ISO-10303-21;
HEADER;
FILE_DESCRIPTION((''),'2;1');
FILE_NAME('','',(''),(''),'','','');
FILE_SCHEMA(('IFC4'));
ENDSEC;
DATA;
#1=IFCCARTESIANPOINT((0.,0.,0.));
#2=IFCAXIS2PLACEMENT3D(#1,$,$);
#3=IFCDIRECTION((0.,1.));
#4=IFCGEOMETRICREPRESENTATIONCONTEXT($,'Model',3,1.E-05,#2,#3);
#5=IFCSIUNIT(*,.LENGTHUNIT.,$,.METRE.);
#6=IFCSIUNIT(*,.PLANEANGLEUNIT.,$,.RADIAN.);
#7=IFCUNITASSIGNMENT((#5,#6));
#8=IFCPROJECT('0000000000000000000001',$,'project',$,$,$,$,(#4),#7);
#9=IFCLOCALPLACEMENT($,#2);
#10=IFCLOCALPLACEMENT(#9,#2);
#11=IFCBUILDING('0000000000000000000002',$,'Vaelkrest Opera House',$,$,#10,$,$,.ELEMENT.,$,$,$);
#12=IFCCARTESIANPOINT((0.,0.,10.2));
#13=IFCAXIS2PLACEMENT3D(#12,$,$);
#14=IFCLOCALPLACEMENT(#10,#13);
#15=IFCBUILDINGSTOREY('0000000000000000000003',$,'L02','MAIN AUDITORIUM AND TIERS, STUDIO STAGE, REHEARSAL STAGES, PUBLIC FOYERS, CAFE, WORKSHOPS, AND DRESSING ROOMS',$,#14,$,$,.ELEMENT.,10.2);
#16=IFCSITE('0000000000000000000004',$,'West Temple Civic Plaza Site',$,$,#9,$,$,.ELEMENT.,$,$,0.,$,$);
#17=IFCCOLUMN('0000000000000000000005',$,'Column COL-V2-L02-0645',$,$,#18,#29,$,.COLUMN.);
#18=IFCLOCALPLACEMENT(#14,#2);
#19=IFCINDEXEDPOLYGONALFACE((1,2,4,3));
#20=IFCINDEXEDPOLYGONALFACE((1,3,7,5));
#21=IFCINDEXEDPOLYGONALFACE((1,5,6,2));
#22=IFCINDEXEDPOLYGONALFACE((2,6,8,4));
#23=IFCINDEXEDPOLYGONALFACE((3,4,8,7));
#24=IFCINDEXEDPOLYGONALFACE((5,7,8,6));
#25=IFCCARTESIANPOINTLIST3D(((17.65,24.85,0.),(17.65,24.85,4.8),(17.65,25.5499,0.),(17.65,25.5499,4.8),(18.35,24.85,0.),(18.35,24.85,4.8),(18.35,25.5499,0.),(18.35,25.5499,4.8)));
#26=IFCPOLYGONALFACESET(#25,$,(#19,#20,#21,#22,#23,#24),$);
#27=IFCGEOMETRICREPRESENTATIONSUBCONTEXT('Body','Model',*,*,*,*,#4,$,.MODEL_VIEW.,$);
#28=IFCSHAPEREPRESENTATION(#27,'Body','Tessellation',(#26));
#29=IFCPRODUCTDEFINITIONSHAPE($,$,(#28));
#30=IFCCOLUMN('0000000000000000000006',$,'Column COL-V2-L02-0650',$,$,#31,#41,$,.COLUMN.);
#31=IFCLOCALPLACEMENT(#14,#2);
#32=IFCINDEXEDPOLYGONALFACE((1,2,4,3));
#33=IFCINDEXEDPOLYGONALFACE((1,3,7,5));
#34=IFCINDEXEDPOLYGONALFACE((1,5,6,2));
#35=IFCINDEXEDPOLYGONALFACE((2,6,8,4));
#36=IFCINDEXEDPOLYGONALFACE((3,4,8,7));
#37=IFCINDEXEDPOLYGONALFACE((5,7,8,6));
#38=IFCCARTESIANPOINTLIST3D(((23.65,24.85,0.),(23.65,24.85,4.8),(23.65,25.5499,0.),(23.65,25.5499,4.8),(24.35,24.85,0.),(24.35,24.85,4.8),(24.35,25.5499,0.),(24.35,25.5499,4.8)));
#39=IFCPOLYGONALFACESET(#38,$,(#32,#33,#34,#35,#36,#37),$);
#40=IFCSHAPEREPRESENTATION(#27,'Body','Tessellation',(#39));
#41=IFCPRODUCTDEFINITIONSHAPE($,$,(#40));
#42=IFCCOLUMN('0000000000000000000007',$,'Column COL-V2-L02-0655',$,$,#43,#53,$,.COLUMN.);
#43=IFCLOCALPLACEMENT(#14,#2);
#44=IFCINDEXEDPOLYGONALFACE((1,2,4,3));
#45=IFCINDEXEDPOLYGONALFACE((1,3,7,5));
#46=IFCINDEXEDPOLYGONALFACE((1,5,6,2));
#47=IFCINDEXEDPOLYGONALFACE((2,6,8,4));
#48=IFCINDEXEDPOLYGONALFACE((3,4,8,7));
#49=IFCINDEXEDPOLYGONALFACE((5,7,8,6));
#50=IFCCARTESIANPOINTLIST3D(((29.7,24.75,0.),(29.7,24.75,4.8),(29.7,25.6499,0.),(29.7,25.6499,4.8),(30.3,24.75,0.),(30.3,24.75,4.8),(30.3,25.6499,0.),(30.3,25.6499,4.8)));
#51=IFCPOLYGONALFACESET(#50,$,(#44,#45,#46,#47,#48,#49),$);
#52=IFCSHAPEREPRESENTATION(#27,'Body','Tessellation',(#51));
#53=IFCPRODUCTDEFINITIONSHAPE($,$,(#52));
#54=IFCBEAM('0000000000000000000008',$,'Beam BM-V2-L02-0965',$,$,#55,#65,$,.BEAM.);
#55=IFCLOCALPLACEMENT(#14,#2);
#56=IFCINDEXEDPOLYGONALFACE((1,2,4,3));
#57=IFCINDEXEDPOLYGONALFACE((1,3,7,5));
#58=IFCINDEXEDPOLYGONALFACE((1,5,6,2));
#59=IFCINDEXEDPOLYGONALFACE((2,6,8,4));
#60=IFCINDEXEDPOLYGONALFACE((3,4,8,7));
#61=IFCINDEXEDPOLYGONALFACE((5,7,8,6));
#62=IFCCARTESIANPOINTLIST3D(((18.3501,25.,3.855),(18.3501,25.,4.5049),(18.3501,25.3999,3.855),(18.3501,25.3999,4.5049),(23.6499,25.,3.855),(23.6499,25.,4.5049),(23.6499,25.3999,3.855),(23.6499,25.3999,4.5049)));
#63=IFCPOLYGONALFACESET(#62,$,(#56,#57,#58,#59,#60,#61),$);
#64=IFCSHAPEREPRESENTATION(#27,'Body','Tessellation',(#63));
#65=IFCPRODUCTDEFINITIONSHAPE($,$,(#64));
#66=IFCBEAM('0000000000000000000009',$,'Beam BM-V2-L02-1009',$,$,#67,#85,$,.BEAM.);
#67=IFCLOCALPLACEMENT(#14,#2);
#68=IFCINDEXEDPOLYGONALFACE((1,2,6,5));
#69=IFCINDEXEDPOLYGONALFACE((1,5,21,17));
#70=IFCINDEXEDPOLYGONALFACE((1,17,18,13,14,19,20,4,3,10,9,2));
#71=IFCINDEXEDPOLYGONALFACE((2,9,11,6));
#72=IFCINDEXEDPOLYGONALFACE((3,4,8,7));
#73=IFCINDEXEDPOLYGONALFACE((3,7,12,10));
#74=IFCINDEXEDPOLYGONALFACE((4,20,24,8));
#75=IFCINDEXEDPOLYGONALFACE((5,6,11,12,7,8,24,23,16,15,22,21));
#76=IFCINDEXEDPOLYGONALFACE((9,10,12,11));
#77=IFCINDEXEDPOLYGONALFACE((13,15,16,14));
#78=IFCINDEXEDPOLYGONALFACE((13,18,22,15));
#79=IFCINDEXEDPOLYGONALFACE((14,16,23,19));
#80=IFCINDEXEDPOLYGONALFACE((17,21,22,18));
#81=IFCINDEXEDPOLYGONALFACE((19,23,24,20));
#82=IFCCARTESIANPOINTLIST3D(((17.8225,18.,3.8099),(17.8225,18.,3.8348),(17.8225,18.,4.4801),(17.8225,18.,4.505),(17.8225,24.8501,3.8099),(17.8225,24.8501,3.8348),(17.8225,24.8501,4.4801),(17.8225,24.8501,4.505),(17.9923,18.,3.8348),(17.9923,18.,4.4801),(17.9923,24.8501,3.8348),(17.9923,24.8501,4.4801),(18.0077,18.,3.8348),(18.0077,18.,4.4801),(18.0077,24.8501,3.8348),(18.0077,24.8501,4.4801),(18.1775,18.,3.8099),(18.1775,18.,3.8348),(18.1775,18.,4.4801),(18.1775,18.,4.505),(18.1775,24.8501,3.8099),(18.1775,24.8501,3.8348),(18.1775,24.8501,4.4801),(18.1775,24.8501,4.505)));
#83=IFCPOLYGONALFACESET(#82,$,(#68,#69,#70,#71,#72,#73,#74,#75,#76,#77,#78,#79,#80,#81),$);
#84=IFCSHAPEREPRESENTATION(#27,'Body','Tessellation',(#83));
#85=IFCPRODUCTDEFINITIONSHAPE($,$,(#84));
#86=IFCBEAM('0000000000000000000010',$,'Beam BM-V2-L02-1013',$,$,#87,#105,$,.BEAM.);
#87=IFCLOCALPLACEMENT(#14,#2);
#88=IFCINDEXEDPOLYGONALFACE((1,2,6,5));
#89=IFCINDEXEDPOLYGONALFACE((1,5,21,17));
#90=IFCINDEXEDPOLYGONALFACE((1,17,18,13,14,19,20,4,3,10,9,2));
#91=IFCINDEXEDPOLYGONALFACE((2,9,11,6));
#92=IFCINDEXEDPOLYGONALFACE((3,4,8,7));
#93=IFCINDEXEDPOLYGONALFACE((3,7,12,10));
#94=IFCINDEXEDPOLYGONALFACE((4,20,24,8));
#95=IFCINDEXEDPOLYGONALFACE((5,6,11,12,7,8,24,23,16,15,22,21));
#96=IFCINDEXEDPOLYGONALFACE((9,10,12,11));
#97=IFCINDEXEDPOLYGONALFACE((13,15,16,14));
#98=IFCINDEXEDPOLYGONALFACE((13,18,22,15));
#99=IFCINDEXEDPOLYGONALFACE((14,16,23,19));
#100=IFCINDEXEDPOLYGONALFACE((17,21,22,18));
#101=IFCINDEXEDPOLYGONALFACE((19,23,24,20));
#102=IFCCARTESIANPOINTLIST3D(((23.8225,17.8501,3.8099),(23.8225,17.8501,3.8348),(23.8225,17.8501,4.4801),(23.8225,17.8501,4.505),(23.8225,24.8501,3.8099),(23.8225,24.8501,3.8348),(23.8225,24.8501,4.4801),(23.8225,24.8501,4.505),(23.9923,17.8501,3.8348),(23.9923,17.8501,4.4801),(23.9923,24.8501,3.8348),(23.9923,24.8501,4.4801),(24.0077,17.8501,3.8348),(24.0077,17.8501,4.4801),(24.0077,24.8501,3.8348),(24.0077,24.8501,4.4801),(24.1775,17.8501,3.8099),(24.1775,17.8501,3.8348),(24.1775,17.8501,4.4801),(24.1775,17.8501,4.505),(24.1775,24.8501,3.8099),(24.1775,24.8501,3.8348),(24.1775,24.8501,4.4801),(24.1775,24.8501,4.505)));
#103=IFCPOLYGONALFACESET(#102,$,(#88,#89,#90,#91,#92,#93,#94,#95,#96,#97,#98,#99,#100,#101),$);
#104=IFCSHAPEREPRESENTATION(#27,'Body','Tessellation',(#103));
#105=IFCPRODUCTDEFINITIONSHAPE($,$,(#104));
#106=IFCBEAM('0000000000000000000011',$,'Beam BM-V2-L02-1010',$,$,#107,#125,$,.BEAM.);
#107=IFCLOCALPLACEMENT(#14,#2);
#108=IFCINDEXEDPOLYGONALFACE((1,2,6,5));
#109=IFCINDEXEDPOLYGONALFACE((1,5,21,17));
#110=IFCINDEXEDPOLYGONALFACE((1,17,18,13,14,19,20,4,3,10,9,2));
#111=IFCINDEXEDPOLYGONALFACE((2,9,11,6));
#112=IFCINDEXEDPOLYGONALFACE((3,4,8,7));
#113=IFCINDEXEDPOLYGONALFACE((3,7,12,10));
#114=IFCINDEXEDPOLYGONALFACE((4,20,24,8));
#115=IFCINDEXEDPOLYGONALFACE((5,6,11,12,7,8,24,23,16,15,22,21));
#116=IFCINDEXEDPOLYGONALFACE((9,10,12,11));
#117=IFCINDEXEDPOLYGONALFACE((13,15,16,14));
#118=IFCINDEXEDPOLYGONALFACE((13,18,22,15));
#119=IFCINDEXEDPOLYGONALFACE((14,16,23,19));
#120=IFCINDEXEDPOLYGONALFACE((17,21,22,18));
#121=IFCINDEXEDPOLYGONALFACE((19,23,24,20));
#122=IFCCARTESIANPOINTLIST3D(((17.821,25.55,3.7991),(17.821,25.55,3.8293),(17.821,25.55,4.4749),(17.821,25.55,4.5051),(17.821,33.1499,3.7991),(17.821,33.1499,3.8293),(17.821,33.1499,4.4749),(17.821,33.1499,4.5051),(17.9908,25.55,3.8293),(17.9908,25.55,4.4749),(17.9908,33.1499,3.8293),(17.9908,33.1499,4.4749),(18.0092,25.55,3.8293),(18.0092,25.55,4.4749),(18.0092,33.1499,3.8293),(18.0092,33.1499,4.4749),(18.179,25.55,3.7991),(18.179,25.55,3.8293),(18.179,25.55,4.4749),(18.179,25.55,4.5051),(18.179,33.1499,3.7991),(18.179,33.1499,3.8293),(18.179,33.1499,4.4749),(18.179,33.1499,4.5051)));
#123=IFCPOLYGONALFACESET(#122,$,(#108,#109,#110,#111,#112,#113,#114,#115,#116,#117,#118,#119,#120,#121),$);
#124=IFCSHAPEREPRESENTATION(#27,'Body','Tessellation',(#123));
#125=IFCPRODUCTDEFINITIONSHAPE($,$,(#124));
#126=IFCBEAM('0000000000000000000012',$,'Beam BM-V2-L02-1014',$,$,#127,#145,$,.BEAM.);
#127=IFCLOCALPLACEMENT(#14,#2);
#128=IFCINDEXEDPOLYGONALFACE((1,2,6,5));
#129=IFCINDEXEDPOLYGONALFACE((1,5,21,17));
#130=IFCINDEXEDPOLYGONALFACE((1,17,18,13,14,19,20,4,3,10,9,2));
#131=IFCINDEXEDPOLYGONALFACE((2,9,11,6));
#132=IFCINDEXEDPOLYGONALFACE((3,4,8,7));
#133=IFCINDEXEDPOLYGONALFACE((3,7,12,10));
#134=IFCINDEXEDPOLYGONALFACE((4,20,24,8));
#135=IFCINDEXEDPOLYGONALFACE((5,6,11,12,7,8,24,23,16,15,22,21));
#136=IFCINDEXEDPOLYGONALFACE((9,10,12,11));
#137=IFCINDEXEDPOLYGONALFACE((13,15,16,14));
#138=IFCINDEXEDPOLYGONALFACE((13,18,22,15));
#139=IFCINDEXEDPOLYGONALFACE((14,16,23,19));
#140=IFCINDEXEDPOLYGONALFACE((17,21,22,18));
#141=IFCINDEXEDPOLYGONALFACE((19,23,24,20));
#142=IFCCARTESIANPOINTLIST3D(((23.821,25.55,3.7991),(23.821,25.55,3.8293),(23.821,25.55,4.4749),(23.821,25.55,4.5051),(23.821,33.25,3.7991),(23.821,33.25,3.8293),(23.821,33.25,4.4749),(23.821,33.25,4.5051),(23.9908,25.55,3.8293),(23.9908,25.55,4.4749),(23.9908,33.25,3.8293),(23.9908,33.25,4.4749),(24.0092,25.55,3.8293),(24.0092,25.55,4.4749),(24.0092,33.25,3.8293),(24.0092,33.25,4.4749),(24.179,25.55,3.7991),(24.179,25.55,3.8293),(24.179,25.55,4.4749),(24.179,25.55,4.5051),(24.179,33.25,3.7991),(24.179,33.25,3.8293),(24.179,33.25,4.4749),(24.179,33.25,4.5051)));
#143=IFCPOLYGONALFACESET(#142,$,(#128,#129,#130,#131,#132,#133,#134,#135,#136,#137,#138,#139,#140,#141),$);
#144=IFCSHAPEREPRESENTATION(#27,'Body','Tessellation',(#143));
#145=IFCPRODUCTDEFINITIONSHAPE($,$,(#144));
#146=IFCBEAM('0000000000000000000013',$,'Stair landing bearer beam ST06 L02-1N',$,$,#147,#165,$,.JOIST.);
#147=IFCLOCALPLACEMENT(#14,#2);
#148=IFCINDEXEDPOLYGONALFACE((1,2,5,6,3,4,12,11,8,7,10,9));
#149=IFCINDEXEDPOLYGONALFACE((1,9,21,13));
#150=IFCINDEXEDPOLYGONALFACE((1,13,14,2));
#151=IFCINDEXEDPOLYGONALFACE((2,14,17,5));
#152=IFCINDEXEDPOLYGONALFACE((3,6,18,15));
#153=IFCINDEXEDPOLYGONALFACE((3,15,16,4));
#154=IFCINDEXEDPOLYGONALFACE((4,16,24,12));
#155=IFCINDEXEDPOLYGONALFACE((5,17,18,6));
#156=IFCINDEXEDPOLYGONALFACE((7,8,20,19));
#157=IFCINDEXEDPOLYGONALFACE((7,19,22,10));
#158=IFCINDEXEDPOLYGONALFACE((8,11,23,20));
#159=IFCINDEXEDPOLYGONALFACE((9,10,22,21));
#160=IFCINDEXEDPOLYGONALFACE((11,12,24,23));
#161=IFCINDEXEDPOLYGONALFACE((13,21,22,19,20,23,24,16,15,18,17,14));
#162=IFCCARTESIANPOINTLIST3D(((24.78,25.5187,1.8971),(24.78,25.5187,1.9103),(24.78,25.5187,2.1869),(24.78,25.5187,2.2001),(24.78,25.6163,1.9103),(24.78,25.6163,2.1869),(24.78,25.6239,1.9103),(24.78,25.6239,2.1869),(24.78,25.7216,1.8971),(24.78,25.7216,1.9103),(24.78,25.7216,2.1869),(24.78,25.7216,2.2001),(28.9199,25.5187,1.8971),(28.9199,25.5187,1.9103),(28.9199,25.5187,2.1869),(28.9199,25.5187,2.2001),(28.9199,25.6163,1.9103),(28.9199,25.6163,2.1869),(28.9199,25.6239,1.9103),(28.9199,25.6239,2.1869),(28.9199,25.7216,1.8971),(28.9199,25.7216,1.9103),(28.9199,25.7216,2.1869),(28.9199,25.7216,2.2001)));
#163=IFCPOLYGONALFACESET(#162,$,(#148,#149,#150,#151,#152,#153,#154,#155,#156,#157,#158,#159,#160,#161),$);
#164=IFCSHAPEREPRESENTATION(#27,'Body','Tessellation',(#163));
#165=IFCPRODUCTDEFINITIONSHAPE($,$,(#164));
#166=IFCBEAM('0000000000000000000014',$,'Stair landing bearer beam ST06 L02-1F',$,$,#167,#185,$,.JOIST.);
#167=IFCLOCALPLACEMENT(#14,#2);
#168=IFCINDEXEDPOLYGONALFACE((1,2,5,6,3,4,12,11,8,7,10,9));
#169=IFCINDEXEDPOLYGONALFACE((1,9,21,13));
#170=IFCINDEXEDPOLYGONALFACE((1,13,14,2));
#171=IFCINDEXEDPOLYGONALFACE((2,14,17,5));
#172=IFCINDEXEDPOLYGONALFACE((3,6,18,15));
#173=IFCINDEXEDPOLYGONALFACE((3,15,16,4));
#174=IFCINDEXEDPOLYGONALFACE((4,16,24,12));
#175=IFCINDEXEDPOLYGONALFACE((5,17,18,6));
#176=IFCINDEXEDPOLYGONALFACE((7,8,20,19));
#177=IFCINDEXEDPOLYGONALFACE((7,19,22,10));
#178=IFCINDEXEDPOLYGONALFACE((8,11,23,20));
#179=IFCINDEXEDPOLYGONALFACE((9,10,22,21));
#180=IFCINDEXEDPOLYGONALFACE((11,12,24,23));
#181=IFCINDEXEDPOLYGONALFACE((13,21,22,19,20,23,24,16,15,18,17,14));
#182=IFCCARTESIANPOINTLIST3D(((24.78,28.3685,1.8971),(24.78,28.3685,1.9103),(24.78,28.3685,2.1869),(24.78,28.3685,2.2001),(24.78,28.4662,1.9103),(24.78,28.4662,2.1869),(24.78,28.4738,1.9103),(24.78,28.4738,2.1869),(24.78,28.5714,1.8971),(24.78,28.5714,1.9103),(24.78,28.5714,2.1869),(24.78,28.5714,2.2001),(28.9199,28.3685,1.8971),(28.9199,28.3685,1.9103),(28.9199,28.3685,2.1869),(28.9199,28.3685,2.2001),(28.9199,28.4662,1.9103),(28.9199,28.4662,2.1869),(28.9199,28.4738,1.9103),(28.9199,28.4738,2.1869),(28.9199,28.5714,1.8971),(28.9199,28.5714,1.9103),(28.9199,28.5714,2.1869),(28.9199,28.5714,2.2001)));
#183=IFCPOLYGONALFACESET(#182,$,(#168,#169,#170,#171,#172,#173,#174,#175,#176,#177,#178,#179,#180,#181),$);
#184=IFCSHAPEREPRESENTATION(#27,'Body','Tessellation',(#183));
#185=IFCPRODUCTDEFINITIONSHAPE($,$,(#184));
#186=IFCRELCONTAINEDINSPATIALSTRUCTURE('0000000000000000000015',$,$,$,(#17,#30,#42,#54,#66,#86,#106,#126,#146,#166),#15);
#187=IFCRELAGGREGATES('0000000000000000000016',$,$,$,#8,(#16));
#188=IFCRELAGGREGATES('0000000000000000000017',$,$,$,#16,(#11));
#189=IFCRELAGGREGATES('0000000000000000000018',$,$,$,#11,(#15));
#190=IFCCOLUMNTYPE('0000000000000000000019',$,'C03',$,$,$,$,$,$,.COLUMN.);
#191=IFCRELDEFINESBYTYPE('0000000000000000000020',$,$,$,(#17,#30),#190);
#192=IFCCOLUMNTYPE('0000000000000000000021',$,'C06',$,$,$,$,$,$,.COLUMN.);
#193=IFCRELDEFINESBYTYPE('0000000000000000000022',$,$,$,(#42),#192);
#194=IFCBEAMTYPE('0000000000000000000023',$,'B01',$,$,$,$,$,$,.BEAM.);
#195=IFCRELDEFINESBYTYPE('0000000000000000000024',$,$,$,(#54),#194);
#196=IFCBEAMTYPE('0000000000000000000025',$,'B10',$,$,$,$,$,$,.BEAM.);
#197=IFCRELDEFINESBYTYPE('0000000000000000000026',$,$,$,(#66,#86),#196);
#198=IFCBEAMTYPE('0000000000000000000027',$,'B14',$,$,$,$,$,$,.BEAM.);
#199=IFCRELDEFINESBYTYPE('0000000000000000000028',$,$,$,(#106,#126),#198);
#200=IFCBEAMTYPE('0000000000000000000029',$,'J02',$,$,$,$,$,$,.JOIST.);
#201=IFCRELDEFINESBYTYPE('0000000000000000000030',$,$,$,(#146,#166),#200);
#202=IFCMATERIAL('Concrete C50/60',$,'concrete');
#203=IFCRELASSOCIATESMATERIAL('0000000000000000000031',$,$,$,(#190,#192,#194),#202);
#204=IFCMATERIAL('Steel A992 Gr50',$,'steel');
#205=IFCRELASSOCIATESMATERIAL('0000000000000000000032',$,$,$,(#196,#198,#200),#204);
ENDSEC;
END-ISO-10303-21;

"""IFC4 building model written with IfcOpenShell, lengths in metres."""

from ifc_helpers import new_model, si_unit, direction, frame, origin, origin_2d, place, context, subcontext, project, spatial, rectangle, i_section, extrude, material, material_profile, profile_set, type_object, element, save


model = new_model("IFC4")

# Units and contexts
model_context = context("Model", 3, precision=1e-05, world=origin(), true_north=direction((0.0, 1.0)))
body_context = subcontext(model_context, "Body", "Model", "MODEL_VIEW")
ifc_project = project(units=[si_unit("LENGTHUNIT", "METRE"), si_unit("PLANEANGLEUNIT", "RADIAN")], contexts=[model_context])

# Site, building, storey
site_placement = place(None, origin())
site = spatial("IfcSite", under=ifc_project, at=site_placement, Name="West Temple Civic Plaza Site", CompositionType="ELEMENT", RefElevation=0.0)
building_placement = place(site_placement, origin())
building = spatial("IfcBuilding", under=site, at=building_placement, Name="Vaelkrest Opera House", CompositionType="ELEMENT")
storey_placement = place(building_placement, frame((0.0, 0.0, 10.2)))
storey = spatial("IfcBuildingStorey", under=building, at=storey_placement, Name="L02", Description="MAIN AUDITORIUM AND TIERS, STUDIO STAGE, REHEARSAL STAGES, PUBLIC FOYERS, CAFE, WORKSHOPS, AND DRESSING ROOMS", CompositionType="ELEMENT", Elevation=10.2)

# Columns
ifc_material_1 = material(Name="Concrete C50/60", Category="concrete")
ifc_material_profile_1 = material_profile(ifc_material_1, rectangle(XDim=0.7, YDim=0.7, at=origin_2d()), Name="RC700X700")
ifc_profile_set_1 = profile_set([ifc_material_profile_1], Name="Concrete C50/60")
column_type_1 = type_object("IfcColumnType", Name="C03", PredefinedType="COLUMN", material=ifc_profile_set_1)
for number, where, z_axis, x_axis, name in (
    (1, (18.0, 25.2, 0.0), (0.0, 0.0, 1.0), (1.0, 0.0, 0.0), "Column COL-V2-L02-0645"),
    (2, (24.0, 25.2, 0.0), (0.0, 0.0, 1.0), (1.0, 0.0, 0.0), "Column COL-V2-L02-0650"),
):
    element("IfcColumn", number, at=place(storey_placement, frame(where, z_axis=z_axis, x_axis=x_axis)), inside=storey, type_object=column_type_1, Name=name, PredefinedType="COLUMN", context=body_context, shape_type="SweptSolid", body=[
        extrude(rectangle(XDim=0.7, YDim=0.7, at=origin_2d()), origin(), (0.0, 0.0, 1.0), 4.8),
    ])
ifc_material_profile_2 = material_profile(ifc_material_1, rectangle(XDim=0.6001, YDim=0.8999, at=origin_2d()), Name="RC600X900")
ifc_profile_set_2 = profile_set([ifc_material_profile_2], Name="Concrete C50/60")
column_type_2 = type_object("IfcColumnType", Name="C06", PredefinedType="COLUMN", material=ifc_profile_set_2)
column_placement = place(storey_placement, frame((30.0, 25.2, 0.0), z_axis=(0.0, 0.0, 1.0), x_axis=(1.0, 0.0, 0.0)))
element("IfcColumn", 3, at=column_placement, inside=storey, type_object=column_type_2, Name="Column COL-V2-L02-0655", PredefinedType="COLUMN", context=body_context, shape_type="SweptSolid", body=[
    extrude(rectangle(XDim=0.6001, YDim=0.8999, at=origin_2d()), origin(), (0.0, 0.0, 1.0), 4.8),
])

# Beams
ifc_material_profile_3 = material_profile(ifc_material_1, rectangle(XDim=0.3999, YDim=0.6499, at=origin_2d()), Name="RCB400X650")
ifc_profile_set_3 = profile_set([ifc_material_profile_3], Name="Concrete C50/60")
beam_type_1 = type_object("IfcBeamType", Name="B01", PredefinedType="BEAM", material=ifc_profile_set_3)
beam_1_placement = place(storey_placement, frame((18.3501, 25.2, 4.1799), z_axis=(1.0, 0.0, 0.0), x_axis=(0.0, 1.0, 0.0)))
element("IfcBeam", 4, at=beam_1_placement, inside=storey, type_object=beam_type_1, Name="Beam BM-V2-L02-0965", PredefinedType="BEAM", context=body_context, shape_type="SweptSolid", body=[
    extrude(rectangle(XDim=0.3999, YDim=0.6499, at=origin_2d()), origin(), (0.0, 0.0, 1.0), 5.2998),
])
ifc_material_2 = material(Name="Steel A992 Gr50", Category="steel")
ifc_material_profile_4 = material_profile(ifc_material_2, i_section(OverallWidth=0.355, OverallDepth=0.6951, WebThickness=0.0154, FlangeThickness=0.0249, at=origin_2d()), Name="W27X146")
ifc_profile_set_4 = profile_set([ifc_material_profile_4], Name="Steel A992 Gr50")
beam_type_2 = type_object("IfcBeamType", Name="B10", PredefinedType="BEAM", material=ifc_profile_set_4)
beam_2_placement = place(storey_placement, frame((18.0, 18.0, 4.1575), z_axis=(0.0, 1.0, 0.0), x_axis=(-1.0, 0.0, 0.0)))
element("IfcBeam", 5, at=beam_2_placement, inside=storey, type_object=beam_type_2, Name="Beam BM-V2-L02-1009", PredefinedType="BEAM", context=body_context, shape_type="SweptSolid", body=[
    extrude(i_section(OverallWidth=0.355, OverallDepth=0.6951, WebThickness=0.0154, FlangeThickness=0.0249, at=origin_2d()), origin(), (0.0, 0.0, 1.0), 6.8501),
])
beam_3_placement = place(storey_placement, frame((24.0, 17.8501, 4.1575), z_axis=(0.0, 1.0, 0.0), x_axis=(-1.0, 0.0, 0.0)))
element("IfcBeam", 6, at=beam_3_placement, inside=storey, type_object=beam_type_2, Name="Beam BM-V2-L02-1013", PredefinedType="BEAM", context=body_context, shape_type="SweptSolid", body=[
    extrude(i_section(OverallWidth=0.355, OverallDepth=0.6951, WebThickness=0.0154, FlangeThickness=0.0249, at=origin_2d()), origin(), (0.0, 0.0, 1.0), 7.0),
])
ifc_material_profile_5 = material_profile(ifc_material_2, i_section(OverallWidth=0.3579, OverallDepth=0.7061, WebThickness=0.0183, FlangeThickness=0.0303, at=origin_2d()), Name="W27X178")
ifc_profile_set_5 = profile_set([ifc_material_profile_5], Name="Steel A992 Gr50")
beam_type_3 = type_object("IfcBeamType", Name="B14", PredefinedType="BEAM", material=ifc_profile_set_5)
beam_4_placement = place(storey_placement, frame((18.0, 25.55, 4.1521), z_axis=(0.0, 1.0, 0.0), x_axis=(-1.0, 0.0, 0.0)))
element("IfcBeam", 7, at=beam_4_placement, inside=storey, type_object=beam_type_3, Name="Beam BM-V2-L02-1010", PredefinedType="BEAM", context=body_context, shape_type="SweptSolid", body=[
    extrude(i_section(OverallWidth=0.3579, OverallDepth=0.7061, WebThickness=0.0183, FlangeThickness=0.0303, at=origin_2d()), origin(), (0.0, 0.0, 1.0), 7.5999),
])
beam_5_placement = place(storey_placement, frame((24.0, 25.55, 4.1521), z_axis=(0.0, 1.0, 0.0), x_axis=(-1.0, 0.0, 0.0)))
element("IfcBeam", 8, at=beam_5_placement, inside=storey, type_object=beam_type_3, Name="Beam BM-V2-L02-1014", PredefinedType="BEAM", context=body_context, shape_type="SweptSolid", body=[
    extrude(i_section(OverallWidth=0.3579, OverallDepth=0.7061, WebThickness=0.0183, FlangeThickness=0.0303, at=origin_2d()), origin(), (0.0, 0.0, 1.0), 7.7),
])
ifc_material_profile_6 = material_profile(ifc_material_2, i_section(OverallWidth=0.2029, OverallDepth=0.303, WebThickness=0.0076, FlangeThickness=0.0132, at=origin_2d()), Name="W12X40")
ifc_profile_set_6 = profile_set([ifc_material_profile_6], Name="Steel A992 Gr50")
beam_type_4 = type_object("IfcBeamType", Name="J02", PredefinedType="JOIST", material=ifc_profile_set_6)
for number, where, z_axis, x_axis, name in (
    (9, (24.78, 25.6201, 2.0486), (1.0, 0.0, 0.0), (0.0, 1.0, 0.0), "Stair landing bearer beam ST06 L02-1N"),
    (10, (24.78, 28.47, 2.0486), (1.0, 0.0, 0.0), (0.0, 1.0, 0.0), "Stair landing bearer beam ST06 L02-1F"),
):
    element("IfcBeam", number, at=place(storey_placement, frame(where, z_axis=z_axis, x_axis=x_axis)), inside=storey, type_object=beam_type_4, Name=name, PredefinedType="JOIST", context=body_context, shape_type="SweptSolid", body=[
        extrude(i_section(OverallWidth=0.2029, OverallDepth=0.303, WebThickness=0.0076, FlangeThickness=0.0132, at=origin_2d()), origin(), (0.0, 0.0, 1.0), 4.1399),
    ])

save(model, "model.ifc")
